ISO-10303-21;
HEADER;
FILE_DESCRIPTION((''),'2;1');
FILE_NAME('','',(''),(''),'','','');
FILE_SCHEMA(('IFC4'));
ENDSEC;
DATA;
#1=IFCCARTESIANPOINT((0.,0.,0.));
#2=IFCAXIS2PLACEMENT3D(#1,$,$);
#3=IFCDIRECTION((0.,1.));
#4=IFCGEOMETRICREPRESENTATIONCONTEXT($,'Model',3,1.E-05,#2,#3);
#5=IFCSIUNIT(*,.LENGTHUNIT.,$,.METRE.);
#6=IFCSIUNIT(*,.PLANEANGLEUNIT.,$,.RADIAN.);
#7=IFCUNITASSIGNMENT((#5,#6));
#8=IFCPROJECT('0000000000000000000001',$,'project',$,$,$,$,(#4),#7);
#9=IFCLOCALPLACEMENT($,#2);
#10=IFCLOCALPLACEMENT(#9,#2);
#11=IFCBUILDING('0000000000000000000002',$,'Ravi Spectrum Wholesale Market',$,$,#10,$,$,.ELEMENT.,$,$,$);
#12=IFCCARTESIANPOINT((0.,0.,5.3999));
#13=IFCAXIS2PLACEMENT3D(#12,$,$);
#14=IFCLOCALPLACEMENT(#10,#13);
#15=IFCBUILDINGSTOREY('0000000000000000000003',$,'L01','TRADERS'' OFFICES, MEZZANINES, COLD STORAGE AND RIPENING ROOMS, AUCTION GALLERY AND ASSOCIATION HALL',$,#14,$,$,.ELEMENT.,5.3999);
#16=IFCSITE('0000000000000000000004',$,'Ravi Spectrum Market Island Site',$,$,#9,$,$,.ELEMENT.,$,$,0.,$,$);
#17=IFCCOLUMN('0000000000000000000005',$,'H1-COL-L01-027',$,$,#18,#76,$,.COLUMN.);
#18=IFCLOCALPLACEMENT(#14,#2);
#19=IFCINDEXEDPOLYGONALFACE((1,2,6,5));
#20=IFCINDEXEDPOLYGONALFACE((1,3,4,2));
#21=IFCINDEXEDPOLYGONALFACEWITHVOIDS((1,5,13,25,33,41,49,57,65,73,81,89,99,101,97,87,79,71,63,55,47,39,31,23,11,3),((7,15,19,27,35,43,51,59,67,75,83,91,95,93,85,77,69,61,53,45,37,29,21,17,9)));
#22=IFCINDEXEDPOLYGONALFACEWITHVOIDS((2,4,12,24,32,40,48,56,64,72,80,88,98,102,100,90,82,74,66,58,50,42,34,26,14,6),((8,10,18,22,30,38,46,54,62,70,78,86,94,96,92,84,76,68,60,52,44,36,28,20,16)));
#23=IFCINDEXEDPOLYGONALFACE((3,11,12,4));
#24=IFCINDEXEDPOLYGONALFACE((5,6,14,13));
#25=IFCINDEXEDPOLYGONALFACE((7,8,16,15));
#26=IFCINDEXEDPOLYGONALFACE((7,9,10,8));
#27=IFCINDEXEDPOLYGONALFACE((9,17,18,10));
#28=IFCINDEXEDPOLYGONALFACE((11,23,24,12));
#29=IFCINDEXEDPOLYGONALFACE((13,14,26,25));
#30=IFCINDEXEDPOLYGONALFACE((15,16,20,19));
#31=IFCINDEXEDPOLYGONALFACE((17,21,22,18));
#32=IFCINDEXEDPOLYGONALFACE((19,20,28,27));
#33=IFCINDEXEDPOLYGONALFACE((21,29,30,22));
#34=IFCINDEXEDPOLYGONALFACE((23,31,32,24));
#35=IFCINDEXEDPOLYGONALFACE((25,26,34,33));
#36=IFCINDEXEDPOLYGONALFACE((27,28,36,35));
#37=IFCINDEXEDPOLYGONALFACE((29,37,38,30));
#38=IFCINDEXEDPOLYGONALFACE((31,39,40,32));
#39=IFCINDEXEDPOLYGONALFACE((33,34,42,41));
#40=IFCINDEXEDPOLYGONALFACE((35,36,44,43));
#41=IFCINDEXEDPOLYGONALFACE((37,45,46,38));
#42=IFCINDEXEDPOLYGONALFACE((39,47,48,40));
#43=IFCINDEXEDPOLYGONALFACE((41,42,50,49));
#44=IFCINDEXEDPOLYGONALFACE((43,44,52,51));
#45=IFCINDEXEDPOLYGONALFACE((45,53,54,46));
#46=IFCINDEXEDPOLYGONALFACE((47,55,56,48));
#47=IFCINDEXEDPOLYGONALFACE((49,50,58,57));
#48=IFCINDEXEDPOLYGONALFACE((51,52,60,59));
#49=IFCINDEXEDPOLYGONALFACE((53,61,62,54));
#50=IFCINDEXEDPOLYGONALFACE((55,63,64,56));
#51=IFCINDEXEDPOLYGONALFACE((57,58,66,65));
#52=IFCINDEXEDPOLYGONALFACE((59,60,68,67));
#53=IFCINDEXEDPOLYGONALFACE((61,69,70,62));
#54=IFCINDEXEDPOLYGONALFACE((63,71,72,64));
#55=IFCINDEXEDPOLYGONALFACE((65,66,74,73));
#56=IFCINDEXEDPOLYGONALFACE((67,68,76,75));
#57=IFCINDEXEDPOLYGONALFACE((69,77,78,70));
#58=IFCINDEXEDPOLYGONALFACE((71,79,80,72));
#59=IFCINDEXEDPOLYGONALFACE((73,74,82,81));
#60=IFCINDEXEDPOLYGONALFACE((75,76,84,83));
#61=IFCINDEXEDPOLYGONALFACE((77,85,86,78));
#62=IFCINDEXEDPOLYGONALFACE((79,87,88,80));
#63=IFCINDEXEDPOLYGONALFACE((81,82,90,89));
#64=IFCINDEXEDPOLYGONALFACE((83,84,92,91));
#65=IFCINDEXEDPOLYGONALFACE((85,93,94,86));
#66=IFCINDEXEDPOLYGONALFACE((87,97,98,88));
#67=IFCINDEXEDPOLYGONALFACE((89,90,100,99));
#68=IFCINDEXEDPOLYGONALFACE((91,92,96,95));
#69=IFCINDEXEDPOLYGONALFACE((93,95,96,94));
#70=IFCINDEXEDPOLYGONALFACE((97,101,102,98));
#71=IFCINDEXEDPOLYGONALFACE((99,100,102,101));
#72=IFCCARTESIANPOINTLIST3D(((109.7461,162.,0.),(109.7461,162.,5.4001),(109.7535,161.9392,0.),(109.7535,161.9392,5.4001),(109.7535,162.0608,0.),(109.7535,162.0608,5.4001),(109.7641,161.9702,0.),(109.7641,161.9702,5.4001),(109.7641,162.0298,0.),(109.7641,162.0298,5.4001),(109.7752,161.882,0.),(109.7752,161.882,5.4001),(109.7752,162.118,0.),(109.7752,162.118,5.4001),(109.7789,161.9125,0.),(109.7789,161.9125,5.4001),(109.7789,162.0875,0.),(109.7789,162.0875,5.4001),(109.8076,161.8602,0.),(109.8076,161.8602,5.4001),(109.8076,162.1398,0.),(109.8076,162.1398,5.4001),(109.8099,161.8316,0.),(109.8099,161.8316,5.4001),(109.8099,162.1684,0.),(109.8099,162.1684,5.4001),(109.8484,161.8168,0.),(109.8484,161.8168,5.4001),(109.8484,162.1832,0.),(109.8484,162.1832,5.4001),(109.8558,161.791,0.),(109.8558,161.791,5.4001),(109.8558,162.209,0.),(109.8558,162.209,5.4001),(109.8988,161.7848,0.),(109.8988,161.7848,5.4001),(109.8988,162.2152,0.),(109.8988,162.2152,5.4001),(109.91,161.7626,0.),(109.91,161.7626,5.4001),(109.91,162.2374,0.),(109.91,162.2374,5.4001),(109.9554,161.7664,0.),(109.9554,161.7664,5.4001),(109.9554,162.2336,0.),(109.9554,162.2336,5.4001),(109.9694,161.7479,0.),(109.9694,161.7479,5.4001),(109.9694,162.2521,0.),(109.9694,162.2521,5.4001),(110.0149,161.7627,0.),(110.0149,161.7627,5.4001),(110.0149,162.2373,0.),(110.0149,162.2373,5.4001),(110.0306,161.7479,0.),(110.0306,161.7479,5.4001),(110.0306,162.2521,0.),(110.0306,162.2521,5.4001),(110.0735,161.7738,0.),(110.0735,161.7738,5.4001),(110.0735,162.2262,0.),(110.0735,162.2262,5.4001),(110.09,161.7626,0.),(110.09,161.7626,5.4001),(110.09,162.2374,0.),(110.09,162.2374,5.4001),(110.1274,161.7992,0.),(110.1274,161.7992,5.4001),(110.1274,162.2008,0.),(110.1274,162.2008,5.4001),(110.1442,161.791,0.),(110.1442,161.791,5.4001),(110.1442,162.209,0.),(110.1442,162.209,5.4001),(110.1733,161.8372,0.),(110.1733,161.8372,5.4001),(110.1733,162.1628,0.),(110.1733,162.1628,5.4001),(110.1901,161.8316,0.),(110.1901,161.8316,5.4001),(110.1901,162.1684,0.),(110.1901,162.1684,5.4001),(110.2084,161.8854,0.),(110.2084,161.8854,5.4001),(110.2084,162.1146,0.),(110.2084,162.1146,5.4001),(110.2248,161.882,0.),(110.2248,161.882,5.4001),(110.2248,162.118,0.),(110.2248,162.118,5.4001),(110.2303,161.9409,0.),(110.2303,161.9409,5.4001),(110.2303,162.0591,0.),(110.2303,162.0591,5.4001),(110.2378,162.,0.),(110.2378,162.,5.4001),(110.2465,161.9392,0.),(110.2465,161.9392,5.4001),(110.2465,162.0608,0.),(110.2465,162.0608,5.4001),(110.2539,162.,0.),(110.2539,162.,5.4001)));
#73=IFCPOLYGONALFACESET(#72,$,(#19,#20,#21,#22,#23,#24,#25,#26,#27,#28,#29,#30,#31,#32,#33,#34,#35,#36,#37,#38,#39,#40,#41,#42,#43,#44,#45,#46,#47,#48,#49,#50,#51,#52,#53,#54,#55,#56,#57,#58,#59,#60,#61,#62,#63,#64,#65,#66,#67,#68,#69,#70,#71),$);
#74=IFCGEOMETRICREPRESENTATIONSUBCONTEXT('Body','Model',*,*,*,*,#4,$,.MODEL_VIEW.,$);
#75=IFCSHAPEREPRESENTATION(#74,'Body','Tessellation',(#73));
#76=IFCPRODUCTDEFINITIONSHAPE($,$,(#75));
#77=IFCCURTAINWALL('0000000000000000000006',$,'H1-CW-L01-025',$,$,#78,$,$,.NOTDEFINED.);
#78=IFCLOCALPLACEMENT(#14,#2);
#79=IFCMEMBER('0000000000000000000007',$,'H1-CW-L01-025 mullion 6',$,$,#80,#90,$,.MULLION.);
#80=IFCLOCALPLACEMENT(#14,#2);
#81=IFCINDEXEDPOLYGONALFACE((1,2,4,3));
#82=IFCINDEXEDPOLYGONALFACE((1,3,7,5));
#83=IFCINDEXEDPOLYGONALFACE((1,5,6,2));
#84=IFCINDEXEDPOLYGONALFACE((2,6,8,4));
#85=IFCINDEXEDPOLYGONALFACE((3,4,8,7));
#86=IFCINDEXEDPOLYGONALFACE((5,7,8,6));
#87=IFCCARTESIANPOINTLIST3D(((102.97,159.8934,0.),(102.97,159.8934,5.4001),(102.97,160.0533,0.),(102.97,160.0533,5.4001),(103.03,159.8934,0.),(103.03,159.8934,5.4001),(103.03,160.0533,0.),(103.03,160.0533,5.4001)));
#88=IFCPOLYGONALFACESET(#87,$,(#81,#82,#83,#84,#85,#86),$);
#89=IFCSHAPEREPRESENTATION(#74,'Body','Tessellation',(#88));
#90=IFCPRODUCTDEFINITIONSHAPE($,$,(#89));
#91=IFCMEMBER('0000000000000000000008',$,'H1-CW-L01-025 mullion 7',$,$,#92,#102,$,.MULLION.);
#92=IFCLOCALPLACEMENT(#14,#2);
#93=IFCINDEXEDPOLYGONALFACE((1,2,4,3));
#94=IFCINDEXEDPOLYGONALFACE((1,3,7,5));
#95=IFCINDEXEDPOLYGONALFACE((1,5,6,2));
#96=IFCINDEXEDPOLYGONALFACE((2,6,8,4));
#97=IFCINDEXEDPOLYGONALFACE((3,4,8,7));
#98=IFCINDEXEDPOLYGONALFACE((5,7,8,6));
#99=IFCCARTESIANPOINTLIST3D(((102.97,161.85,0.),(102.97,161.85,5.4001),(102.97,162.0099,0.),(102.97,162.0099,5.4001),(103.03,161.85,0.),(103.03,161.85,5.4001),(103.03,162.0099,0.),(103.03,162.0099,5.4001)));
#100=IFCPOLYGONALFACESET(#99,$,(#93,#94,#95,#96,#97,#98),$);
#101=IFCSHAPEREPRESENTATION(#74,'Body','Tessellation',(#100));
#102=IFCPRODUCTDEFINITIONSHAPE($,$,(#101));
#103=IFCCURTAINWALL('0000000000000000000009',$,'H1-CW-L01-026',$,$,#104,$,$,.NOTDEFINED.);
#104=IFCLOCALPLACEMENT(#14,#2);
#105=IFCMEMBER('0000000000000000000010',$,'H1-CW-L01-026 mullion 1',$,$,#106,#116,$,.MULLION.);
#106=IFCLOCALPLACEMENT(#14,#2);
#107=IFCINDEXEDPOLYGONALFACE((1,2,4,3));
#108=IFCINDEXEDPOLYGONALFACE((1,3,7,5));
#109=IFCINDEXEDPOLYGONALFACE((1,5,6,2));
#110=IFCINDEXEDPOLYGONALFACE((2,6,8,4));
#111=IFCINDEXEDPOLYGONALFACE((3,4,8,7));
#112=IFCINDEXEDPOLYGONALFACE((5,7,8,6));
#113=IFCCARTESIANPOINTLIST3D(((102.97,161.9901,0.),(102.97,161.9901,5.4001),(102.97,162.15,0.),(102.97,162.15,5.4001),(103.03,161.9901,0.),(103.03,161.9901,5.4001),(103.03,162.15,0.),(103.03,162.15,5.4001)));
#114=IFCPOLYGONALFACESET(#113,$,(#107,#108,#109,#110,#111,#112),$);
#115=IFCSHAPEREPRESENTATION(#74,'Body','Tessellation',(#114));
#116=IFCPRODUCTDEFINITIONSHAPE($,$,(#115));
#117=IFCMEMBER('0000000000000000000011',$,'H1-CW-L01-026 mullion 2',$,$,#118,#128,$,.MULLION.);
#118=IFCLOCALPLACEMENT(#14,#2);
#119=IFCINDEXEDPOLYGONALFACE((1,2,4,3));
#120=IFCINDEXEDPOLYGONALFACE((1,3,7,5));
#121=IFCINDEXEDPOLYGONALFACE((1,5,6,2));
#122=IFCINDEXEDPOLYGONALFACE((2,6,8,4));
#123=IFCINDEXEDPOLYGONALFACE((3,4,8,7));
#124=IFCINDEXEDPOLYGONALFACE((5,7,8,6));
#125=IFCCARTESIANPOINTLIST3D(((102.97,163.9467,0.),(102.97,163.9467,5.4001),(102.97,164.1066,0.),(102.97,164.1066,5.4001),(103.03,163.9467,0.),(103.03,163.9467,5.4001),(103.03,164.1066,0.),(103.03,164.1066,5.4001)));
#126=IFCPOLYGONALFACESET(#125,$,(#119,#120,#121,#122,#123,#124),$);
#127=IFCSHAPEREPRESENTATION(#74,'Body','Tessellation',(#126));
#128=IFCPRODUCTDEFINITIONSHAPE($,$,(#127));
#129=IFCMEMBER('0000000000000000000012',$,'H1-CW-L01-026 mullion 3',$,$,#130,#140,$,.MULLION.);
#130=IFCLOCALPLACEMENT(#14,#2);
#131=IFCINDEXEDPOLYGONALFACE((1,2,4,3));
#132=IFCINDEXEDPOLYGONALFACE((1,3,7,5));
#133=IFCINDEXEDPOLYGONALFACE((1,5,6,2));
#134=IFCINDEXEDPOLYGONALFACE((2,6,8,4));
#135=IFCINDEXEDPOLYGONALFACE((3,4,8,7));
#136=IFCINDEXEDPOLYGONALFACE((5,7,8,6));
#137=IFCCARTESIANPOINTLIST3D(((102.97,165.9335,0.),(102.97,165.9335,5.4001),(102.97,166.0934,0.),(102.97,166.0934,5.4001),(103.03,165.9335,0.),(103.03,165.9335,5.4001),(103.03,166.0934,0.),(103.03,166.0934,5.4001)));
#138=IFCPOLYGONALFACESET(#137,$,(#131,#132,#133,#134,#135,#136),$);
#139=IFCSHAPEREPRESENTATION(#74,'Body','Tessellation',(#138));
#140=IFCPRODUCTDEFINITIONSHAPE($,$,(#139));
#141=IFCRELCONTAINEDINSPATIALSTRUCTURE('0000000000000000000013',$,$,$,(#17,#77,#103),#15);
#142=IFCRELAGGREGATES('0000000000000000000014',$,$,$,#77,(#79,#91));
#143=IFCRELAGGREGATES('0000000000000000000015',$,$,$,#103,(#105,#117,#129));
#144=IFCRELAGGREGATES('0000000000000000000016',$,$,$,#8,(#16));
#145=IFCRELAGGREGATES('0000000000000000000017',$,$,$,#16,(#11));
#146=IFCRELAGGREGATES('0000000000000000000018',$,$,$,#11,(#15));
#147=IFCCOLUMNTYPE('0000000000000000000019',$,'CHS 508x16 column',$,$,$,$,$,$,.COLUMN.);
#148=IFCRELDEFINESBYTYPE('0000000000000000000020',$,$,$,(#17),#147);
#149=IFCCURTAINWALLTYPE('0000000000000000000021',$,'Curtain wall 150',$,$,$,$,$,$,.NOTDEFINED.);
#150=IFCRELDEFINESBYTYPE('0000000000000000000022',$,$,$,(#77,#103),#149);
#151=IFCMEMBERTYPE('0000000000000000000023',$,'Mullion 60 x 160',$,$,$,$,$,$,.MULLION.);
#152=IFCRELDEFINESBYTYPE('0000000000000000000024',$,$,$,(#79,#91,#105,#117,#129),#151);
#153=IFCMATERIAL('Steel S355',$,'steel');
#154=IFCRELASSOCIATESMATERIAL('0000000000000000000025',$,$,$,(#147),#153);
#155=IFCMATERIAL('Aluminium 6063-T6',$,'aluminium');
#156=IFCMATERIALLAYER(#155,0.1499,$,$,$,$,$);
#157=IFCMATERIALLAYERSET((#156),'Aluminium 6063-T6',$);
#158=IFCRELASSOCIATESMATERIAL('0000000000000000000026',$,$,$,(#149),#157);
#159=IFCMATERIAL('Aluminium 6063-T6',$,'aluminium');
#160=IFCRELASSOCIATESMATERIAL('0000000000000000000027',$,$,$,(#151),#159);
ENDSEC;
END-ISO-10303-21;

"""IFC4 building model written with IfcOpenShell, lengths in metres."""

from ifc_helpers import new_model, si_unit, direction, frame, origin, origin_2d, place, context, subcontext, project, spatial, rectangle, hollow_circle, extrude, material, layer, layer_set, material_profile, profile_set, type_object, element, aggregate, save


model = new_model("IFC4")

# Units and contexts
model_context = context("Model", 3, precision=1e-05, world=origin(), true_north=direction((0.0, 1.0)))
body_context = subcontext(model_context, "Body", "Model", "MODEL_VIEW")
ifc_project = project(units=[si_unit("LENGTHUNIT", "METRE"), si_unit("PLANEANGLEUNIT", "RADIAN")], contexts=[model_context])

# Site, building, storey
site_placement = place(None, origin())
site = spatial("IfcSite", under=ifc_project, at=site_placement, Name="Ravi Spectrum Market Island Site", CompositionType="ELEMENT", RefElevation=0.0)
building_placement = place(site_placement, origin())
building = spatial("IfcBuilding", under=site, at=building_placement, Name="Ravi Spectrum Wholesale Market", CompositionType="ELEMENT")
storey_placement = place(building_placement, frame((0.0, 0.0, 5.3999)))
storey = spatial("IfcBuildingStorey", under=building, at=storey_placement, Name="L01", Description="TRADERS' OFFICES, MEZZANINES, COLD STORAGE AND RIPENING ROOMS, AUCTION GALLERY AND ASSOCIATION HALL", CompositionType="ELEMENT", Elevation=5.3999)

# Column
ifc_material_1 = material(Name="Steel S355", Category="steel")
ifc_material_profile_1 = material_profile(ifc_material_1, hollow_circle(Radius=0.2539, WallThickness=0.0161, at=origin_2d()))
ifc_profile_set_1 = profile_set([ifc_material_profile_1], Name="Steel S355")
column_type = type_object("IfcColumnType", Name="CHS 508x16 column", PredefinedType="COLUMN", material=ifc_profile_set_1)
column_placement = place(storey_placement, frame((110.0, 162.0, 0.0), z_axis=(0.0, 0.0, 1.0), x_axis=(1.0, 0.0, 0.0)))
element("IfcColumn", 1, at=column_placement, inside=storey, type_object=column_type, Name="H1-COL-L01-027", PredefinedType="COLUMN", context=body_context, shape_type="SweptSolid", body=[
    extrude(hollow_circle(Radius=0.2539, WallThickness=0.0161, at=origin_2d()), origin(), (0.0, 0.0, 1.0), 5.4001),
])

# Curtain walls, members
ifc_material_2 = material(Name="Aluminium 6063-T6", Category="aluminium")
ifc_layer_1 = layer(ifc_material_2, 0.1499)
ifc_layer_set_1 = layer_set([ifc_layer_1], Name="Aluminium 6063-T6")
curtain_wall_type = type_object("IfcCurtainWallType", Name="Curtain wall 150", PredefinedType="NOTDEFINED", material=ifc_layer_set_1)
curtain_wall_1_placement = place(storey_placement, origin())
curtain_wall_1 = element("IfcCurtainWall", 2, at=curtain_wall_1_placement, inside=storey, type_object=curtain_wall_type, Name="H1-CW-L01-025", PredefinedType="NOTDEFINED")
ifc_material_3 = material(Name="Aluminium 6063-T6", Category="aluminium")
ifc_material_profile_2 = material_profile(ifc_material_3, rectangle(XDim=0.0601, YDim=0.1599, at=origin_2d()))
ifc_profile_set_2 = profile_set([ifc_material_profile_2], Name="Aluminium 6063-T6")
member_type_1 = type_object("IfcMemberType", Name="Mullion 60 x 160", PredefinedType="MULLION", material=ifc_profile_set_2)
member_1_placement = place(storey_placement, frame((103.0, 159.9734, 0.0), z_axis=(0.0, 0.0, 1.0), x_axis=(-1.0, 0.0, 0.0)))
member_1 = element("IfcMember", 3, at=member_1_placement, type_object=member_type_1, Name="H1-CW-L01-025 mullion 6", PredefinedType="MULLION", context=body_context, shape_type="SweptSolid", body=[
    extrude(rectangle(XDim=0.0601, YDim=0.1599, at=origin_2d()), origin(), (0.0, 0.0, 1.0), 5.4001),
])
member_2_placement = place(storey_placement, frame((103.0, 161.9299, 0.0), z_axis=(0.0, 0.0, 1.0), x_axis=(-1.0, 0.0, 0.0)))
member_2 = element("IfcMember", 4, at=member_2_placement, type_object=member_type_1, Name="H1-CW-L01-025 mullion 7", PredefinedType="MULLION", context=body_context, shape_type="SweptSolid", body=[
    extrude(rectangle(XDim=0.0601, YDim=0.1599, at=origin_2d()), origin(), (0.0, 0.0, 1.0), 5.4001),
])
curtain_wall_2_placement = place(storey_placement, origin())
curtain_wall_2 = element("IfcCurtainWall", 5, at=curtain_wall_2_placement, inside=storey, type_object=curtain_wall_type, Name="H1-CW-L01-026", PredefinedType="NOTDEFINED")
member_3_placement = place(storey_placement, frame((103.0, 162.0701, 0.0), z_axis=(0.0, 0.0, 1.0), x_axis=(-1.0, 0.0, 0.0)))
member_3 = element("IfcMember", 6, at=member_3_placement, type_object=member_type_1, Name="H1-CW-L01-026 mullion 1", PredefinedType="MULLION", context=body_context, shape_type="SweptSolid", body=[
    extrude(rectangle(XDim=0.0601, YDim=0.1599, at=origin_2d()), origin(), (0.0, 0.0, 1.0), 5.4001),
])
member_4_placement = place(storey_placement, frame((103.0, 164.0266, 0.0), z_axis=(0.0, 0.0, 1.0), x_axis=(-1.0, 0.0, 0.0)))
member_4 = element("IfcMember", 7, at=member_4_placement, type_object=member_type_1, Name="H1-CW-L01-026 mullion 2", PredefinedType="MULLION", context=body_context, shape_type="SweptSolid", body=[
    extrude(rectangle(XDim=0.0601, YDim=0.1599, at=origin_2d()), origin(), (0.0, 0.0, 1.0), 5.4001),
])
member_5_placement = place(storey_placement, frame((103.0, 166.0134, 0.0), z_axis=(0.0, 0.0, 1.0), x_axis=(-1.0, 0.0, 0.0)))
member_5 = element("IfcMember", 8, at=member_5_placement, type_object=member_type_1, Name="H1-CW-L01-026 mullion 3", PredefinedType="MULLION", context=body_context, shape_type="SweptSolid", body=[
    extrude(rectangle(XDim=0.0601, YDim=0.1599, at=origin_2d()), origin(), (0.0, 0.0, 1.0), 5.4001),
])

aggregate(curtain_wall_1, [member_1, member_2])
aggregate(curtain_wall_2, [member_3, member_4, member_5])

save(model, "model.ifc")
